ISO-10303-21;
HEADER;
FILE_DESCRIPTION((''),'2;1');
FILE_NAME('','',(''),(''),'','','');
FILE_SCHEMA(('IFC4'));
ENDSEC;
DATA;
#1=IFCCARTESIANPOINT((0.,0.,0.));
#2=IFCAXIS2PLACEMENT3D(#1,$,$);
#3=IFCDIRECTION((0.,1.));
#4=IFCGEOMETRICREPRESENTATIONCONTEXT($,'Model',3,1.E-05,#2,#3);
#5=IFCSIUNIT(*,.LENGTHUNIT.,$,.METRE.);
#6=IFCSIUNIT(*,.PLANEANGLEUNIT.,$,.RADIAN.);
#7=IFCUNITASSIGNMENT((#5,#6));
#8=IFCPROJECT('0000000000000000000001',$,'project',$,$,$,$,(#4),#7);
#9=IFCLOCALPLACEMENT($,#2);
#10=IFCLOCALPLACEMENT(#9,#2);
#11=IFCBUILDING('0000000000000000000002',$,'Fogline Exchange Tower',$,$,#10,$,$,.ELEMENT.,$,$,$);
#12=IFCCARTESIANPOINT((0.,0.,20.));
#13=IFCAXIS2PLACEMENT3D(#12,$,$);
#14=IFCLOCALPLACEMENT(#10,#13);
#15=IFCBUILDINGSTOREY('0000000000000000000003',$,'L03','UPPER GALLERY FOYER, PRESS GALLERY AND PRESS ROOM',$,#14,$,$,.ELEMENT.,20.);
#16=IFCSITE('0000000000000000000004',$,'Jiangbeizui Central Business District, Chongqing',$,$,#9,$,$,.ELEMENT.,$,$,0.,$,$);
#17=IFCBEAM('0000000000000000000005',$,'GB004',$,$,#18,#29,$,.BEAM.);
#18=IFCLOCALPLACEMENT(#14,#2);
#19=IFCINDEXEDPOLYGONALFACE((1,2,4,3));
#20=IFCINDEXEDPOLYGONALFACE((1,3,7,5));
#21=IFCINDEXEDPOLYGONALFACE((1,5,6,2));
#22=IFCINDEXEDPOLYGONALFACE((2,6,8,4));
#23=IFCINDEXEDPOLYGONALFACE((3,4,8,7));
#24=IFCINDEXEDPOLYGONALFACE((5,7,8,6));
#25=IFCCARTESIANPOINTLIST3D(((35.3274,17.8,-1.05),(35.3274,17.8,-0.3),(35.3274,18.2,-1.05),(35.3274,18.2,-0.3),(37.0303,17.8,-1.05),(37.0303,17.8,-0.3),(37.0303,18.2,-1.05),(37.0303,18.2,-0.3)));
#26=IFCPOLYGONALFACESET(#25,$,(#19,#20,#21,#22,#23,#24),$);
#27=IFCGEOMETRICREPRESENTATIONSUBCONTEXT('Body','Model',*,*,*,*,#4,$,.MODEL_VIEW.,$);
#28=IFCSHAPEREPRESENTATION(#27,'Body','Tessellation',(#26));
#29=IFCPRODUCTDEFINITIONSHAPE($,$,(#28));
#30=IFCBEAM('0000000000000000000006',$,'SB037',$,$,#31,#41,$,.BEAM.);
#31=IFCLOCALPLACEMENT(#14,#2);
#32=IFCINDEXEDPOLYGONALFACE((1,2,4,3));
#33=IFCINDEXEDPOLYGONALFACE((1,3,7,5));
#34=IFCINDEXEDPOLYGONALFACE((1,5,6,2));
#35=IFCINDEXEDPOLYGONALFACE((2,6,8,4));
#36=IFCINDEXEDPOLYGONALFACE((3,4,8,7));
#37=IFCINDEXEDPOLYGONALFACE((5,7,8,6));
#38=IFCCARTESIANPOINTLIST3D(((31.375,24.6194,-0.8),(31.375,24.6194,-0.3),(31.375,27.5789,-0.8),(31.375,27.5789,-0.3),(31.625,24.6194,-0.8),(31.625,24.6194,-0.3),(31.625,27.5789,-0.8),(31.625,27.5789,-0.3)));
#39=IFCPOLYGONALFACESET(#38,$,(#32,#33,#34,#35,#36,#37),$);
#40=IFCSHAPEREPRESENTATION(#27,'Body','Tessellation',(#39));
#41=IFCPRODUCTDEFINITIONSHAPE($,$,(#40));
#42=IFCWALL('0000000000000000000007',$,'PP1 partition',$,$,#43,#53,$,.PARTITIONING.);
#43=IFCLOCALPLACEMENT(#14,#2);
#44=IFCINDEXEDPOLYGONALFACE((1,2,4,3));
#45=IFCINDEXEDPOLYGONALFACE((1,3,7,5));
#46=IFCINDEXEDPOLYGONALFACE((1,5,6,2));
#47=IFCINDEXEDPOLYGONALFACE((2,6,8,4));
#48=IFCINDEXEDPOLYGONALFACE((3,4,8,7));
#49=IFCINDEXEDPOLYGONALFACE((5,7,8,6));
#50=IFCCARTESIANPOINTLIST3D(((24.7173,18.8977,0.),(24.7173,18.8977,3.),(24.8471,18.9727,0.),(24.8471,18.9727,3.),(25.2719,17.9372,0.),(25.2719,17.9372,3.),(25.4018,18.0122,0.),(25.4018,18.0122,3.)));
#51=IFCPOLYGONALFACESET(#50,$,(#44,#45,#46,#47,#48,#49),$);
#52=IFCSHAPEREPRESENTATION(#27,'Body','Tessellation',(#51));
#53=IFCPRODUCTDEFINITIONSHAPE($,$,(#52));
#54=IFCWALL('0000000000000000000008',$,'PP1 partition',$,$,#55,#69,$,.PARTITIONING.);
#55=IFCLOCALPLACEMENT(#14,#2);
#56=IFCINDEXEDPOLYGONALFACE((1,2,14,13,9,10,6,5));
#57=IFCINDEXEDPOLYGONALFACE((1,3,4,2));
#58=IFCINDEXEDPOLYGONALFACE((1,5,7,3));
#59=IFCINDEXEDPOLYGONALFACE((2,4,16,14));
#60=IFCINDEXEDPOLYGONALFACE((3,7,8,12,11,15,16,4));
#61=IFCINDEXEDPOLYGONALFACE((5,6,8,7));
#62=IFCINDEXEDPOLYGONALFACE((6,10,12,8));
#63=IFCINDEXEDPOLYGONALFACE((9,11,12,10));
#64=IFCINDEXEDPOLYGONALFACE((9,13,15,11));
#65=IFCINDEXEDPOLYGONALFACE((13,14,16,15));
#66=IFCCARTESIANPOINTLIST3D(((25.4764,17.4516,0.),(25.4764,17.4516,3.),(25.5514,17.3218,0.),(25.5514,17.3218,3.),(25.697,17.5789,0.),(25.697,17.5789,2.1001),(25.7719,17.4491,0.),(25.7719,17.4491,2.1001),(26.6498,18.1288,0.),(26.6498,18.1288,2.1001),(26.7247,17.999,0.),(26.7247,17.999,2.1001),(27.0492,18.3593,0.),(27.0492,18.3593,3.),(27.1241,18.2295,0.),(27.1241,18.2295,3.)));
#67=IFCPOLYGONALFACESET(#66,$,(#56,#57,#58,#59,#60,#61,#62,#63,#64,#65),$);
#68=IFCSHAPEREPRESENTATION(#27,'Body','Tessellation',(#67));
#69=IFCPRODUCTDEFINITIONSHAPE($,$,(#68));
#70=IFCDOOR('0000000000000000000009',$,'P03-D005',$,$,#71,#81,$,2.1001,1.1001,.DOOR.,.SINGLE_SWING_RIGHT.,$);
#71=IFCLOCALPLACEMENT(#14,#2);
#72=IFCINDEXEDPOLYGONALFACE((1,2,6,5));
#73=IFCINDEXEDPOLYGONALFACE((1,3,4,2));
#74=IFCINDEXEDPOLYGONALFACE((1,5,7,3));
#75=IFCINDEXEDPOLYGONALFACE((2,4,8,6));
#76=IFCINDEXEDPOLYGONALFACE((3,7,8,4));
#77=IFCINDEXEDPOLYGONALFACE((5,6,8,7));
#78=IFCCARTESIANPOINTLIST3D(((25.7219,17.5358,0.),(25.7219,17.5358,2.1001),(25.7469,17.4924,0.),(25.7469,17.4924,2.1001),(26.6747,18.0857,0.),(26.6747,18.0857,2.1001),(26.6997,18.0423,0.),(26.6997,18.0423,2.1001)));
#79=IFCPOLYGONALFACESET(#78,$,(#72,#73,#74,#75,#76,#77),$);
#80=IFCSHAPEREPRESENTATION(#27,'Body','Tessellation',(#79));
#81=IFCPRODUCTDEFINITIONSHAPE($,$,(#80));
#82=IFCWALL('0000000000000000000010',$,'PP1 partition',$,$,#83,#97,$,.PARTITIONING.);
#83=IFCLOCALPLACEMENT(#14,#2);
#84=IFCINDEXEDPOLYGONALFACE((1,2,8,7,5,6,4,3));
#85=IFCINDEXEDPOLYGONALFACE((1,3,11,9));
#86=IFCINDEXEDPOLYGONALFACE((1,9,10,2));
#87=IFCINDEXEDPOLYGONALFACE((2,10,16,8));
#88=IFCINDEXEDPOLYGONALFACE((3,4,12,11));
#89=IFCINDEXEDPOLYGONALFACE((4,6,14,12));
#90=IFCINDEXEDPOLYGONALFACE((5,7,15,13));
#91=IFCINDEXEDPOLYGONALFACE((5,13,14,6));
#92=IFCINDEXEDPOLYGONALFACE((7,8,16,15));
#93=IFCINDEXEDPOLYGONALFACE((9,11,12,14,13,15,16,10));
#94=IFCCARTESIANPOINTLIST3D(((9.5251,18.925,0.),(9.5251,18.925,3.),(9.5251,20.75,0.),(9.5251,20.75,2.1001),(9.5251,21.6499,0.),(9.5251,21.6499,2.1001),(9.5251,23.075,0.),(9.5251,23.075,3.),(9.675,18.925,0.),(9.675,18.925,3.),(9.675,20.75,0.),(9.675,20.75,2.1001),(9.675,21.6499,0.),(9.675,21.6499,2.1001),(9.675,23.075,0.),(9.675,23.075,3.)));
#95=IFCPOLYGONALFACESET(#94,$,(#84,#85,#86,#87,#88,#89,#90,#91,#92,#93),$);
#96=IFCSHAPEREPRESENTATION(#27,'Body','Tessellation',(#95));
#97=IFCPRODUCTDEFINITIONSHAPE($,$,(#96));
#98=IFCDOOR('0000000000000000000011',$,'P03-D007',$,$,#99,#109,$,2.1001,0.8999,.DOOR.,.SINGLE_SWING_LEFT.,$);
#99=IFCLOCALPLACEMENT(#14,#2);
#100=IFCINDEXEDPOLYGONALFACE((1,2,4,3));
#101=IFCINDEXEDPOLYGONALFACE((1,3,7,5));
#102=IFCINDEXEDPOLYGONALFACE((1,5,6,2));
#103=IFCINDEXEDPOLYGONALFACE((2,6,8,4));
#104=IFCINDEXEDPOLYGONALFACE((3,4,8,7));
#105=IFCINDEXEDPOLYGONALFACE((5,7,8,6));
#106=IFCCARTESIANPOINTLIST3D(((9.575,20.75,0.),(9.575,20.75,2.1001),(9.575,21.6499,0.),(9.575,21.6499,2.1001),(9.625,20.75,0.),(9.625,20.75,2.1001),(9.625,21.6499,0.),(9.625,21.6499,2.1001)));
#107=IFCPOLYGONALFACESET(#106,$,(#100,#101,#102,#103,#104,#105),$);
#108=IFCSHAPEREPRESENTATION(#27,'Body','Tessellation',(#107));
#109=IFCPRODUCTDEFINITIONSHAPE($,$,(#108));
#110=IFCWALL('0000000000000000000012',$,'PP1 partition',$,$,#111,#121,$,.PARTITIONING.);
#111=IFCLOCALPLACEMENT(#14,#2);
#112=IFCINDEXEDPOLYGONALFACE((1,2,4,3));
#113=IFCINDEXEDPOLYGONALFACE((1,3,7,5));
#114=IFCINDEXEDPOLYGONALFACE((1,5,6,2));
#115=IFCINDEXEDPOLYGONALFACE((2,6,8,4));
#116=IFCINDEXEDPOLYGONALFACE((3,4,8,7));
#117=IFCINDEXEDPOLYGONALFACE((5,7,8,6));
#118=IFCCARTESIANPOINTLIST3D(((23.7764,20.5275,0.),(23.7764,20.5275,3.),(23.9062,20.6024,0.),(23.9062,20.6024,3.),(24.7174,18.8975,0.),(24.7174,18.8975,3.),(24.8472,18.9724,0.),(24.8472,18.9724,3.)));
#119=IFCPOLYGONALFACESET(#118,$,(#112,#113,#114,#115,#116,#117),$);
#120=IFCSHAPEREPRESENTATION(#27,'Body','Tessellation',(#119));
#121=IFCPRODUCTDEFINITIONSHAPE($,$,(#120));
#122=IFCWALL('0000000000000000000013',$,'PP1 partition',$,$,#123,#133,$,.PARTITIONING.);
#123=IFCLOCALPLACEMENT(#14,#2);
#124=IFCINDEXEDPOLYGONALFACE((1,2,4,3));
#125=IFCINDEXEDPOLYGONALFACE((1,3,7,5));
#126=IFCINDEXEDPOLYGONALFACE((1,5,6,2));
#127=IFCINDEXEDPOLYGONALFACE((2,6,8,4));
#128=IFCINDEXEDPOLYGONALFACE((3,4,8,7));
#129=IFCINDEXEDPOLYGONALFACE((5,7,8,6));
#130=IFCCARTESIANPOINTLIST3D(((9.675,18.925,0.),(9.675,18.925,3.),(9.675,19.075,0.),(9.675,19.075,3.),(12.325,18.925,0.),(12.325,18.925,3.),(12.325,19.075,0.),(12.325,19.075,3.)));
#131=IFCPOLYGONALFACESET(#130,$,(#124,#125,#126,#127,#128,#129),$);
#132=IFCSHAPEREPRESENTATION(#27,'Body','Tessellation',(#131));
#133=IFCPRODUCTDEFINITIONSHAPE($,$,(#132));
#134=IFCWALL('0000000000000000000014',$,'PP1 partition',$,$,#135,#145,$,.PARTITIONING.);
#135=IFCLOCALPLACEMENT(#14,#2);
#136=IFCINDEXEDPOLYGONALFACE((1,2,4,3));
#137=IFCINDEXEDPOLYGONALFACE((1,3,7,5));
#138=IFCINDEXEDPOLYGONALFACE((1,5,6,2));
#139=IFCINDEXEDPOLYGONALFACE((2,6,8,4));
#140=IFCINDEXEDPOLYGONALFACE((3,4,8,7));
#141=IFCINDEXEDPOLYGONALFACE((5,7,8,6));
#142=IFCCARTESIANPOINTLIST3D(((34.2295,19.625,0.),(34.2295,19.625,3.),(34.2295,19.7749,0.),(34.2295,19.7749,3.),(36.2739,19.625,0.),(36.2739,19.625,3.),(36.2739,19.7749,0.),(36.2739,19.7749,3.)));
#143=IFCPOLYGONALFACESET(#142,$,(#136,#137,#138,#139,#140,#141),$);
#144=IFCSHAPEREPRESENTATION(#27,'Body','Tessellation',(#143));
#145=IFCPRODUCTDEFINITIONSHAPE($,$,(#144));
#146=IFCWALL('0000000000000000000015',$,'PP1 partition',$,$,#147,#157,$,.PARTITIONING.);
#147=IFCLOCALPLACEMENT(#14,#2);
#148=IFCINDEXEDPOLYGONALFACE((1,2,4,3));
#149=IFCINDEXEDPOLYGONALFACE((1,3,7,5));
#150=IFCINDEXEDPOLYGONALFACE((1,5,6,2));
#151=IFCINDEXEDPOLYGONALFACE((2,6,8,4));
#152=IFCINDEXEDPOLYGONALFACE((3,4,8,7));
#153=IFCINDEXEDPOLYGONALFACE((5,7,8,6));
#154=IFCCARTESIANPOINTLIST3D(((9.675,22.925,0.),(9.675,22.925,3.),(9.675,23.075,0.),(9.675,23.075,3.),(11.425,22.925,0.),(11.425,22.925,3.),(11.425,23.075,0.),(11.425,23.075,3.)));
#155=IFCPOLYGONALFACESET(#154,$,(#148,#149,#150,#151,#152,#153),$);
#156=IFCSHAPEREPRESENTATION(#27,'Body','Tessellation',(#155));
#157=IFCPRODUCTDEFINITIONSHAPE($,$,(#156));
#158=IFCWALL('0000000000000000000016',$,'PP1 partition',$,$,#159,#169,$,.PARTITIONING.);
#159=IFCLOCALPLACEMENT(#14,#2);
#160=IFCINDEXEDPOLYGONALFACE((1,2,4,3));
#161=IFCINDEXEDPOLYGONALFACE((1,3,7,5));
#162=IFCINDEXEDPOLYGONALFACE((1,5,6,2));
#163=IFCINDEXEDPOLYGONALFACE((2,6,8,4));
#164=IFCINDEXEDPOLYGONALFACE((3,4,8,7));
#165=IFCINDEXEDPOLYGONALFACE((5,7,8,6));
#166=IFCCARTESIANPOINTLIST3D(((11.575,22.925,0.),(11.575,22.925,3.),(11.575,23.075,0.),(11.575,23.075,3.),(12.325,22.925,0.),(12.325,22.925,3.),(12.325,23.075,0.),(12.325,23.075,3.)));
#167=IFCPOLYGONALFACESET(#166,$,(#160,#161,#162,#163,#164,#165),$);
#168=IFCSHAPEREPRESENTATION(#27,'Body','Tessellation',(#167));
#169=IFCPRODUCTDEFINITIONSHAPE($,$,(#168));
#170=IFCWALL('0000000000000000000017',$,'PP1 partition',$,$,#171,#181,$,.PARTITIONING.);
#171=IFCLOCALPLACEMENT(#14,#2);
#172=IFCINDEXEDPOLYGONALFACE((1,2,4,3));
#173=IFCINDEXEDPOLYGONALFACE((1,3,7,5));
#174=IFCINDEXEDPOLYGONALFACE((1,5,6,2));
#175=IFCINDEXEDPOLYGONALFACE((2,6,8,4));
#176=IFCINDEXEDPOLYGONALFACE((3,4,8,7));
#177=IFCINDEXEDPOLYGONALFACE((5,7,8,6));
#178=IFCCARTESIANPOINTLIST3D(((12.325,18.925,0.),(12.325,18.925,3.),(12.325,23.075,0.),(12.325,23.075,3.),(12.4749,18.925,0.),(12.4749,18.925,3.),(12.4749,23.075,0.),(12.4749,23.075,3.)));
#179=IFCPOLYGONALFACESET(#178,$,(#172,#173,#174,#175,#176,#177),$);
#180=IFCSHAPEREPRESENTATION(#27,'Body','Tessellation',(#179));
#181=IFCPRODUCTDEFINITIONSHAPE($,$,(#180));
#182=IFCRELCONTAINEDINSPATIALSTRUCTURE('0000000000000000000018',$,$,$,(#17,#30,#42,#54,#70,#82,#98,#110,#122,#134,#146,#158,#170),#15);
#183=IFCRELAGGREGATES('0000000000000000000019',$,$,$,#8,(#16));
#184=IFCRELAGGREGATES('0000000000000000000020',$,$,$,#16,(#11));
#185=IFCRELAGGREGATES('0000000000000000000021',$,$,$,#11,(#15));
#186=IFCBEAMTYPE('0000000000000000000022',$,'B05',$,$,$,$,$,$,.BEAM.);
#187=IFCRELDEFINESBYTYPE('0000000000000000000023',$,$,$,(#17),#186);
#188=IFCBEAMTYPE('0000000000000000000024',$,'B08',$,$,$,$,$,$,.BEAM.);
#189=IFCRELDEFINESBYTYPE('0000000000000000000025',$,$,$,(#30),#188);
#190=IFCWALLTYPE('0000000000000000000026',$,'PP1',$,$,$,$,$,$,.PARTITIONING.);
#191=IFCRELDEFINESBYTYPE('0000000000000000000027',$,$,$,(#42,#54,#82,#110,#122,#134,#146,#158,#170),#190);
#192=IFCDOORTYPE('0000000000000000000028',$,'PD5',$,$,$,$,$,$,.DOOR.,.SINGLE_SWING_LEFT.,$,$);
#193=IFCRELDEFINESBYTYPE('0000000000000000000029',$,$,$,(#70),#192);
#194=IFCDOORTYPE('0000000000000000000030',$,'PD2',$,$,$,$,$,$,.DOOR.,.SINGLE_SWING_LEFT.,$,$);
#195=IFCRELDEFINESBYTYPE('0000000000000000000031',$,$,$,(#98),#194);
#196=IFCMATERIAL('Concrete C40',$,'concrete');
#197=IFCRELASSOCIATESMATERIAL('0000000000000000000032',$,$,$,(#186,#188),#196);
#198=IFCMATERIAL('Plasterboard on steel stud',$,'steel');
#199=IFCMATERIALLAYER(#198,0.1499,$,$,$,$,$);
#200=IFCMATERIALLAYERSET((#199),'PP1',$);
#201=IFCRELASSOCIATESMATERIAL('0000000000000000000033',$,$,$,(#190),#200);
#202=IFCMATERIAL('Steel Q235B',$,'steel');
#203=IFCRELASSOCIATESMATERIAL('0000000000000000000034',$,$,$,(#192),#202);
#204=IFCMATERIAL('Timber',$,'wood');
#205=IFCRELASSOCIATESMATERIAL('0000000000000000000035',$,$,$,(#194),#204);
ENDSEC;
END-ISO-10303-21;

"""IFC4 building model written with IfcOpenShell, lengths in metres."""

from ifc_helpers import new_model, si_unit, direction, frame, frame_2d, origin, origin_2d, place, context, subcontext, project, spatial, rectangle, extrude, material, layer, layer_set, material_profile, profile_set, type_object, element, fill, save


model = new_model("IFC4")

# Units and contexts
model_context = context("Model", 3, precision=1e-05, world=origin(), true_north=direction((0.0, 1.0)))
body_context = subcontext(model_context, "Body", "Model", "MODEL_VIEW")
ifc_project = project(units=[si_unit("LENGTHUNIT", "METRE"), si_unit("PLANEANGLEUNIT", "RADIAN")], contexts=[model_context])

# Site, building, storey
site_placement = place(None, origin())
site = spatial("IfcSite", under=ifc_project, at=site_placement, Name="Jiangbeizui Central Business District, Chongqing", CompositionType="ELEMENT", RefElevation=0.0)
building_placement = place(site_placement, origin())
building = spatial("IfcBuilding", under=site, at=building_placement, Name="Fogline Exchange Tower", CompositionType="ELEMENT")
storey_placement = place(building_placement, frame((0.0, 0.0, 20.0)))
storey = spatial("IfcBuildingStorey", under=building, at=storey_placement, Name="L03", Description="UPPER GALLERY FOYER, PRESS GALLERY AND PRESS ROOM", CompositionType="ELEMENT", Elevation=20.0)

# Beams
ifc_material_1 = material(Name="Concrete C40", Category="concrete")
ifc_material_profile_1 = material_profile(ifc_material_1, rectangle(XDim=0.3999, YDim=0.75, at=origin_2d()), Name="RC 400x750")
ifc_profile_set_1 = profile_set([ifc_material_profile_1], Name="Concrete C40")
beam_type_1 = type_object("IfcBeamType", Name="B05", PredefinedType="BEAM", material=ifc_profile_set_1)
beam_1_placement = place(storey_placement, frame((35.3274, 18.0, -0.675), z_axis=(1.0, 0.0, 0.0), x_axis=(0.0, 1.0, 0.0)))
element("IfcBeam", 1, at=beam_1_placement, inside=storey, type_object=beam_type_1, Name="GB004", PredefinedType="BEAM", context=body_context, shape_type="SweptSolid", body=[
    extrude(rectangle(XDim=0.3999, YDim=0.75, at=origin_2d()), origin(), (0.0, 0.0, 1.0), 1.7029),
])
ifc_material_profile_2 = material_profile(ifc_material_1, rectangle(XDim=0.25, YDim=0.5, at=origin_2d()), Name="RC 250x500")
ifc_profile_set_2 = profile_set([ifc_material_profile_2], Name="Concrete C40")
beam_type_2 = type_object("IfcBeamType", Name="B08", PredefinedType="BEAM", material=ifc_profile_set_2)
beam_2_placement = place(storey_placement, frame((31.5, 24.6194, -0.55), z_axis=(0.0, 1.0, 0.0), x_axis=(-1.0, 0.0, 0.0)))
element("IfcBeam", 2, at=beam_2_placement, inside=storey, type_object=beam_type_2, Name="SB037", PredefinedType="BEAM", context=body_context, shape_type="SweptSolid", body=[
    extrude(rectangle(XDim=0.25, YDim=0.5, at=origin_2d()), origin(), (0.0, 0.0, 1.0), 2.9595),
])

# Wall
ifc_material_2 = material(Name="Plasterboard on steel stud", Category="steel")
ifc_layer_1 = layer(ifc_material_2, 0.1499)
ifc_layer_set_1 = layer_set([ifc_layer_1], Name="PP1")
wall_type_1 = type_object("IfcWallType", Name="PP1", PredefinedType="PARTITIONING", material=ifc_layer_set_1)
wall_1_placement = place(storey_placement, frame((25.3369, 17.9746, 0.0), z_axis=(0.0, 0.0, 1.0), x_axis=(-0.500116, 0.865958, 0.0)))
element("IfcWall", 3, at=wall_1_placement, inside=storey, type_object=wall_type_1, Name="PP1 partition", PredefinedType="PARTITIONING", context=body_context, shape_type="SweptSolid", body=[
    extrude(rectangle(XDim=1.1091, YDim=0.1499, at=frame_2d((0.5547, 0.0))), origin(), (0.0, 0.0, 1.0), 3.0),
])

# Walls, openings, doors
wall_2_placement = place(storey_placement, frame((27.0867, 18.2944, 0.0), z_axis=(0.0, 0.0, 1.0), x_axis=(-0.866101, -0.49987, 0.0)))
wall_2 = element("IfcWall", 4, at=wall_2_placement, inside=storey, type_object=wall_type_1, Name="PP1 partition", PredefinedType="PARTITIONING", context=body_context, shape_type="SweptSolid", body=[
    extrude(rectangle(XDim=1.8159, YDim=0.1499, at=frame_2d((0.908, 0.0))), origin(), (0.0, 0.0, 1.0), 3.0),
])
opening_1_placement = place(wall_2_placement, frame((0.4612, 0.0, 0.0)))
opening_1 = element("IfcOpeningElement", 5, at=opening_1_placement, cuts=wall_2, PredefinedType="OPENING", context=body_context, shape_type="SweptSolid", body=[
    extrude(rectangle(XDim=1.1001, YDim=2.1001, at=frame_2d((0.55, 1.05))), frame((0.0, 0.085, 0.0), z_axis=(0.0, -1.0, 0.0), x_axis=(1.0, 0.0, 0.0)), (0.0, 0.0, 1.0), 0.1699),
])
ifc_material_3 = material(Name="Steel Q235B", Category="steel")
door_type_1 = type_object("IfcDoorType", Name="PD5", OperationType="SINGLE_SWING_LEFT", PredefinedType="DOOR", material=ifc_material_3)
door_1_placement = place(opening_1_placement, origin())
door_1 = element("IfcDoor", 6, at=door_1_placement, inside=storey, type_object=door_type_1, Name="P03-D005", OperationType="SINGLE_SWING_RIGHT", OverallHeight=2.1001, OverallWidth=1.1001, PredefinedType="DOOR", context=body_context, shape_type="SweptSolid", body=[
    extrude(rectangle(XDim=1.1001, YDim=2.1001, at=frame_2d((0.55, 1.05))), frame((0.0, 0.0249, 0.0), z_axis=(0.0, -1.0, 0.0), x_axis=(1.0, 0.0, 0.0)), (0.0, 0.0, 1.0), 0.05),
])
fill(opening_1, door_1)
wall_3_placement = place(storey_placement, frame((9.6001, 18.925, 0.0), z_axis=(0.0, 0.0, 1.0), x_axis=(0.0, 1.0, 0.0)))
wall_3 = element("IfcWall", 7, at=wall_3_placement, inside=storey, type_object=wall_type_1, Name="PP1 partition", PredefinedType="PARTITIONING", context=body_context, shape_type="SweptSolid", body=[
    extrude(rectangle(XDim=4.1499, YDim=0.1499, at=frame_2d((2.075, 0.0))), origin(), (0.0, 0.0, 1.0), 3.0),
])
opening_2_placement = place(wall_3_placement, frame((1.825, 0.0, 0.0)))
opening_2 = element("IfcOpeningElement", 8, at=opening_2_placement, cuts=wall_3, PredefinedType="OPENING", context=body_context, shape_type="SweptSolid", body=[
    extrude(rectangle(XDim=0.8999, YDim=2.1001, at=frame_2d((0.45, 1.05))), frame((0.0, 0.085, 0.0), z_axis=(0.0, -1.0, 0.0), x_axis=(1.0, 0.0, 0.0)), (0.0, 0.0, 1.0), 0.1699),
])
ifc_material_4 = material(Name="Timber", Category="wood")
door_type_2 = type_object("IfcDoorType", Name="PD2", OperationType="SINGLE_SWING_LEFT", PredefinedType="DOOR", material=ifc_material_4)
door_2_placement = place(opening_2_placement, frame((0.8999, 0.0, 0.0), z_axis=(0.0, 0.0, 1.0), x_axis=(-1.0, 0.0, 0.0)))
door_2 = element("IfcDoor", 9, at=door_2_placement, inside=storey, type_object=door_type_2, Name="P03-D007", OperationType="SINGLE_SWING_LEFT", OverallHeight=2.1001, OverallWidth=0.8999, PredefinedType="DOOR", context=body_context, shape_type="SweptSolid", body=[
    extrude(rectangle(XDim=0.8999, YDim=2.1001, at=frame_2d((0.45, 1.05))), frame((0.0, 0.0249, 0.0), z_axis=(0.0, -1.0, 0.0), x_axis=(1.0, 0.0, 0.0)), (0.0, 0.0, 1.0), 0.05),
])
fill(opening_2, door_2)

# Walls
wall_4_placement = place(storey_placement, frame((24.7822, 18.9351, 0.0), z_axis=(0.0, 0.0, 1.0), x_axis=(-0.499962, 0.866047, 0.0)))
element("IfcWall", 10, at=wall_4_placement, inside=storey, type_object=wall_type_1, Name="PP1 partition", PredefinedType="PARTITIONING", context=body_context, shape_type="SweptSolid", body=[
    extrude(rectangle(XDim=1.8821, YDim=0.1499, at=frame_2d((0.9409, 0.0))), origin(), (0.0, 0.0, 1.0), 3.0),
])
wall_5_placement = place(storey_placement, frame((12.325, 19.0, 0.0), z_axis=(0.0, 0.0, 1.0), x_axis=(-1.0, 0.0, 0.0)))
element("IfcWall", 11, at=wall_5_placement, inside=storey, type_object=wall_type_1, Name="PP1 partition", PredefinedType="PARTITIONING", context=body_context, shape_type="SweptSolid", body=[
    extrude(rectangle(XDim=2.6499, YDim=0.1499, at=frame_2d((1.325, 0.0))), origin(), (0.0, 0.0, 1.0), 3.0),
])
wall_6_placement = place(storey_placement, frame((34.2295, 19.7, 0.0), z_axis=(0.0, 0.0, 1.0), x_axis=(1.0, 0.0, 0.0)))
element("IfcWall", 12, at=wall_6_placement, inside=storey, type_object=wall_type_1, Name="PP1 partition", PredefinedType="PARTITIONING", context=body_context, shape_type="SweptSolid", body=[
    extrude(rectangle(XDim=2.0444, YDim=0.1499, at=frame_2d((1.0222, 0.0))), origin(), (0.0, 0.0, 1.0), 3.0),
])
wall_7_placement = place(storey_placement, frame((9.675, 23.0, 0.0), z_axis=(0.0, 0.0, 1.0), x_axis=(1.0, 0.0, 0.0)))
element("IfcWall", 13, at=wall_7_placement, inside=storey, type_object=wall_type_1, Name="PP1 partition", PredefinedType="PARTITIONING", context=body_context, shape_type="SweptSolid", body=[
    extrude(rectangle(XDim=1.75, YDim=0.1499, at=frame_2d((0.875, 0.0))), origin(), (0.0, 0.0, 1.0), 3.0),
])
wall_8_placement = place(storey_placement, frame((11.575, 23.0, 0.0), z_axis=(0.0, 0.0, 1.0), x_axis=(1.0, 0.0, 0.0)))
element("IfcWall", 14, at=wall_8_placement, inside=storey, type_object=wall_type_1, Name="PP1 partition", PredefinedType="PARTITIONING", context=body_context, shape_type="SweptSolid", body=[
    extrude(rectangle(XDim=0.75, YDim=0.1499, at=frame_2d((0.375, 0.0))), origin(), (0.0, 0.0, 1.0), 3.0),
])
wall_9_placement = place(storey_placement, frame((12.3999, 23.075, 0.0), z_axis=(0.0, 0.0, 1.0), x_axis=(0.0, -1.0, 0.0)))
element("IfcWall", 15, at=wall_9_placement, inside=storey, type_object=wall_type_1, Name="PP1 partition", PredefinedType="PARTITIONING", context=body_context, shape_type="SweptSolid", body=[
    extrude(rectangle(XDim=4.1499, YDim=0.1499, at=frame_2d((2.075, 0.0))), origin(), (0.0, 0.0, 1.0), 3.0),
])

save(model, "model.ifc")
